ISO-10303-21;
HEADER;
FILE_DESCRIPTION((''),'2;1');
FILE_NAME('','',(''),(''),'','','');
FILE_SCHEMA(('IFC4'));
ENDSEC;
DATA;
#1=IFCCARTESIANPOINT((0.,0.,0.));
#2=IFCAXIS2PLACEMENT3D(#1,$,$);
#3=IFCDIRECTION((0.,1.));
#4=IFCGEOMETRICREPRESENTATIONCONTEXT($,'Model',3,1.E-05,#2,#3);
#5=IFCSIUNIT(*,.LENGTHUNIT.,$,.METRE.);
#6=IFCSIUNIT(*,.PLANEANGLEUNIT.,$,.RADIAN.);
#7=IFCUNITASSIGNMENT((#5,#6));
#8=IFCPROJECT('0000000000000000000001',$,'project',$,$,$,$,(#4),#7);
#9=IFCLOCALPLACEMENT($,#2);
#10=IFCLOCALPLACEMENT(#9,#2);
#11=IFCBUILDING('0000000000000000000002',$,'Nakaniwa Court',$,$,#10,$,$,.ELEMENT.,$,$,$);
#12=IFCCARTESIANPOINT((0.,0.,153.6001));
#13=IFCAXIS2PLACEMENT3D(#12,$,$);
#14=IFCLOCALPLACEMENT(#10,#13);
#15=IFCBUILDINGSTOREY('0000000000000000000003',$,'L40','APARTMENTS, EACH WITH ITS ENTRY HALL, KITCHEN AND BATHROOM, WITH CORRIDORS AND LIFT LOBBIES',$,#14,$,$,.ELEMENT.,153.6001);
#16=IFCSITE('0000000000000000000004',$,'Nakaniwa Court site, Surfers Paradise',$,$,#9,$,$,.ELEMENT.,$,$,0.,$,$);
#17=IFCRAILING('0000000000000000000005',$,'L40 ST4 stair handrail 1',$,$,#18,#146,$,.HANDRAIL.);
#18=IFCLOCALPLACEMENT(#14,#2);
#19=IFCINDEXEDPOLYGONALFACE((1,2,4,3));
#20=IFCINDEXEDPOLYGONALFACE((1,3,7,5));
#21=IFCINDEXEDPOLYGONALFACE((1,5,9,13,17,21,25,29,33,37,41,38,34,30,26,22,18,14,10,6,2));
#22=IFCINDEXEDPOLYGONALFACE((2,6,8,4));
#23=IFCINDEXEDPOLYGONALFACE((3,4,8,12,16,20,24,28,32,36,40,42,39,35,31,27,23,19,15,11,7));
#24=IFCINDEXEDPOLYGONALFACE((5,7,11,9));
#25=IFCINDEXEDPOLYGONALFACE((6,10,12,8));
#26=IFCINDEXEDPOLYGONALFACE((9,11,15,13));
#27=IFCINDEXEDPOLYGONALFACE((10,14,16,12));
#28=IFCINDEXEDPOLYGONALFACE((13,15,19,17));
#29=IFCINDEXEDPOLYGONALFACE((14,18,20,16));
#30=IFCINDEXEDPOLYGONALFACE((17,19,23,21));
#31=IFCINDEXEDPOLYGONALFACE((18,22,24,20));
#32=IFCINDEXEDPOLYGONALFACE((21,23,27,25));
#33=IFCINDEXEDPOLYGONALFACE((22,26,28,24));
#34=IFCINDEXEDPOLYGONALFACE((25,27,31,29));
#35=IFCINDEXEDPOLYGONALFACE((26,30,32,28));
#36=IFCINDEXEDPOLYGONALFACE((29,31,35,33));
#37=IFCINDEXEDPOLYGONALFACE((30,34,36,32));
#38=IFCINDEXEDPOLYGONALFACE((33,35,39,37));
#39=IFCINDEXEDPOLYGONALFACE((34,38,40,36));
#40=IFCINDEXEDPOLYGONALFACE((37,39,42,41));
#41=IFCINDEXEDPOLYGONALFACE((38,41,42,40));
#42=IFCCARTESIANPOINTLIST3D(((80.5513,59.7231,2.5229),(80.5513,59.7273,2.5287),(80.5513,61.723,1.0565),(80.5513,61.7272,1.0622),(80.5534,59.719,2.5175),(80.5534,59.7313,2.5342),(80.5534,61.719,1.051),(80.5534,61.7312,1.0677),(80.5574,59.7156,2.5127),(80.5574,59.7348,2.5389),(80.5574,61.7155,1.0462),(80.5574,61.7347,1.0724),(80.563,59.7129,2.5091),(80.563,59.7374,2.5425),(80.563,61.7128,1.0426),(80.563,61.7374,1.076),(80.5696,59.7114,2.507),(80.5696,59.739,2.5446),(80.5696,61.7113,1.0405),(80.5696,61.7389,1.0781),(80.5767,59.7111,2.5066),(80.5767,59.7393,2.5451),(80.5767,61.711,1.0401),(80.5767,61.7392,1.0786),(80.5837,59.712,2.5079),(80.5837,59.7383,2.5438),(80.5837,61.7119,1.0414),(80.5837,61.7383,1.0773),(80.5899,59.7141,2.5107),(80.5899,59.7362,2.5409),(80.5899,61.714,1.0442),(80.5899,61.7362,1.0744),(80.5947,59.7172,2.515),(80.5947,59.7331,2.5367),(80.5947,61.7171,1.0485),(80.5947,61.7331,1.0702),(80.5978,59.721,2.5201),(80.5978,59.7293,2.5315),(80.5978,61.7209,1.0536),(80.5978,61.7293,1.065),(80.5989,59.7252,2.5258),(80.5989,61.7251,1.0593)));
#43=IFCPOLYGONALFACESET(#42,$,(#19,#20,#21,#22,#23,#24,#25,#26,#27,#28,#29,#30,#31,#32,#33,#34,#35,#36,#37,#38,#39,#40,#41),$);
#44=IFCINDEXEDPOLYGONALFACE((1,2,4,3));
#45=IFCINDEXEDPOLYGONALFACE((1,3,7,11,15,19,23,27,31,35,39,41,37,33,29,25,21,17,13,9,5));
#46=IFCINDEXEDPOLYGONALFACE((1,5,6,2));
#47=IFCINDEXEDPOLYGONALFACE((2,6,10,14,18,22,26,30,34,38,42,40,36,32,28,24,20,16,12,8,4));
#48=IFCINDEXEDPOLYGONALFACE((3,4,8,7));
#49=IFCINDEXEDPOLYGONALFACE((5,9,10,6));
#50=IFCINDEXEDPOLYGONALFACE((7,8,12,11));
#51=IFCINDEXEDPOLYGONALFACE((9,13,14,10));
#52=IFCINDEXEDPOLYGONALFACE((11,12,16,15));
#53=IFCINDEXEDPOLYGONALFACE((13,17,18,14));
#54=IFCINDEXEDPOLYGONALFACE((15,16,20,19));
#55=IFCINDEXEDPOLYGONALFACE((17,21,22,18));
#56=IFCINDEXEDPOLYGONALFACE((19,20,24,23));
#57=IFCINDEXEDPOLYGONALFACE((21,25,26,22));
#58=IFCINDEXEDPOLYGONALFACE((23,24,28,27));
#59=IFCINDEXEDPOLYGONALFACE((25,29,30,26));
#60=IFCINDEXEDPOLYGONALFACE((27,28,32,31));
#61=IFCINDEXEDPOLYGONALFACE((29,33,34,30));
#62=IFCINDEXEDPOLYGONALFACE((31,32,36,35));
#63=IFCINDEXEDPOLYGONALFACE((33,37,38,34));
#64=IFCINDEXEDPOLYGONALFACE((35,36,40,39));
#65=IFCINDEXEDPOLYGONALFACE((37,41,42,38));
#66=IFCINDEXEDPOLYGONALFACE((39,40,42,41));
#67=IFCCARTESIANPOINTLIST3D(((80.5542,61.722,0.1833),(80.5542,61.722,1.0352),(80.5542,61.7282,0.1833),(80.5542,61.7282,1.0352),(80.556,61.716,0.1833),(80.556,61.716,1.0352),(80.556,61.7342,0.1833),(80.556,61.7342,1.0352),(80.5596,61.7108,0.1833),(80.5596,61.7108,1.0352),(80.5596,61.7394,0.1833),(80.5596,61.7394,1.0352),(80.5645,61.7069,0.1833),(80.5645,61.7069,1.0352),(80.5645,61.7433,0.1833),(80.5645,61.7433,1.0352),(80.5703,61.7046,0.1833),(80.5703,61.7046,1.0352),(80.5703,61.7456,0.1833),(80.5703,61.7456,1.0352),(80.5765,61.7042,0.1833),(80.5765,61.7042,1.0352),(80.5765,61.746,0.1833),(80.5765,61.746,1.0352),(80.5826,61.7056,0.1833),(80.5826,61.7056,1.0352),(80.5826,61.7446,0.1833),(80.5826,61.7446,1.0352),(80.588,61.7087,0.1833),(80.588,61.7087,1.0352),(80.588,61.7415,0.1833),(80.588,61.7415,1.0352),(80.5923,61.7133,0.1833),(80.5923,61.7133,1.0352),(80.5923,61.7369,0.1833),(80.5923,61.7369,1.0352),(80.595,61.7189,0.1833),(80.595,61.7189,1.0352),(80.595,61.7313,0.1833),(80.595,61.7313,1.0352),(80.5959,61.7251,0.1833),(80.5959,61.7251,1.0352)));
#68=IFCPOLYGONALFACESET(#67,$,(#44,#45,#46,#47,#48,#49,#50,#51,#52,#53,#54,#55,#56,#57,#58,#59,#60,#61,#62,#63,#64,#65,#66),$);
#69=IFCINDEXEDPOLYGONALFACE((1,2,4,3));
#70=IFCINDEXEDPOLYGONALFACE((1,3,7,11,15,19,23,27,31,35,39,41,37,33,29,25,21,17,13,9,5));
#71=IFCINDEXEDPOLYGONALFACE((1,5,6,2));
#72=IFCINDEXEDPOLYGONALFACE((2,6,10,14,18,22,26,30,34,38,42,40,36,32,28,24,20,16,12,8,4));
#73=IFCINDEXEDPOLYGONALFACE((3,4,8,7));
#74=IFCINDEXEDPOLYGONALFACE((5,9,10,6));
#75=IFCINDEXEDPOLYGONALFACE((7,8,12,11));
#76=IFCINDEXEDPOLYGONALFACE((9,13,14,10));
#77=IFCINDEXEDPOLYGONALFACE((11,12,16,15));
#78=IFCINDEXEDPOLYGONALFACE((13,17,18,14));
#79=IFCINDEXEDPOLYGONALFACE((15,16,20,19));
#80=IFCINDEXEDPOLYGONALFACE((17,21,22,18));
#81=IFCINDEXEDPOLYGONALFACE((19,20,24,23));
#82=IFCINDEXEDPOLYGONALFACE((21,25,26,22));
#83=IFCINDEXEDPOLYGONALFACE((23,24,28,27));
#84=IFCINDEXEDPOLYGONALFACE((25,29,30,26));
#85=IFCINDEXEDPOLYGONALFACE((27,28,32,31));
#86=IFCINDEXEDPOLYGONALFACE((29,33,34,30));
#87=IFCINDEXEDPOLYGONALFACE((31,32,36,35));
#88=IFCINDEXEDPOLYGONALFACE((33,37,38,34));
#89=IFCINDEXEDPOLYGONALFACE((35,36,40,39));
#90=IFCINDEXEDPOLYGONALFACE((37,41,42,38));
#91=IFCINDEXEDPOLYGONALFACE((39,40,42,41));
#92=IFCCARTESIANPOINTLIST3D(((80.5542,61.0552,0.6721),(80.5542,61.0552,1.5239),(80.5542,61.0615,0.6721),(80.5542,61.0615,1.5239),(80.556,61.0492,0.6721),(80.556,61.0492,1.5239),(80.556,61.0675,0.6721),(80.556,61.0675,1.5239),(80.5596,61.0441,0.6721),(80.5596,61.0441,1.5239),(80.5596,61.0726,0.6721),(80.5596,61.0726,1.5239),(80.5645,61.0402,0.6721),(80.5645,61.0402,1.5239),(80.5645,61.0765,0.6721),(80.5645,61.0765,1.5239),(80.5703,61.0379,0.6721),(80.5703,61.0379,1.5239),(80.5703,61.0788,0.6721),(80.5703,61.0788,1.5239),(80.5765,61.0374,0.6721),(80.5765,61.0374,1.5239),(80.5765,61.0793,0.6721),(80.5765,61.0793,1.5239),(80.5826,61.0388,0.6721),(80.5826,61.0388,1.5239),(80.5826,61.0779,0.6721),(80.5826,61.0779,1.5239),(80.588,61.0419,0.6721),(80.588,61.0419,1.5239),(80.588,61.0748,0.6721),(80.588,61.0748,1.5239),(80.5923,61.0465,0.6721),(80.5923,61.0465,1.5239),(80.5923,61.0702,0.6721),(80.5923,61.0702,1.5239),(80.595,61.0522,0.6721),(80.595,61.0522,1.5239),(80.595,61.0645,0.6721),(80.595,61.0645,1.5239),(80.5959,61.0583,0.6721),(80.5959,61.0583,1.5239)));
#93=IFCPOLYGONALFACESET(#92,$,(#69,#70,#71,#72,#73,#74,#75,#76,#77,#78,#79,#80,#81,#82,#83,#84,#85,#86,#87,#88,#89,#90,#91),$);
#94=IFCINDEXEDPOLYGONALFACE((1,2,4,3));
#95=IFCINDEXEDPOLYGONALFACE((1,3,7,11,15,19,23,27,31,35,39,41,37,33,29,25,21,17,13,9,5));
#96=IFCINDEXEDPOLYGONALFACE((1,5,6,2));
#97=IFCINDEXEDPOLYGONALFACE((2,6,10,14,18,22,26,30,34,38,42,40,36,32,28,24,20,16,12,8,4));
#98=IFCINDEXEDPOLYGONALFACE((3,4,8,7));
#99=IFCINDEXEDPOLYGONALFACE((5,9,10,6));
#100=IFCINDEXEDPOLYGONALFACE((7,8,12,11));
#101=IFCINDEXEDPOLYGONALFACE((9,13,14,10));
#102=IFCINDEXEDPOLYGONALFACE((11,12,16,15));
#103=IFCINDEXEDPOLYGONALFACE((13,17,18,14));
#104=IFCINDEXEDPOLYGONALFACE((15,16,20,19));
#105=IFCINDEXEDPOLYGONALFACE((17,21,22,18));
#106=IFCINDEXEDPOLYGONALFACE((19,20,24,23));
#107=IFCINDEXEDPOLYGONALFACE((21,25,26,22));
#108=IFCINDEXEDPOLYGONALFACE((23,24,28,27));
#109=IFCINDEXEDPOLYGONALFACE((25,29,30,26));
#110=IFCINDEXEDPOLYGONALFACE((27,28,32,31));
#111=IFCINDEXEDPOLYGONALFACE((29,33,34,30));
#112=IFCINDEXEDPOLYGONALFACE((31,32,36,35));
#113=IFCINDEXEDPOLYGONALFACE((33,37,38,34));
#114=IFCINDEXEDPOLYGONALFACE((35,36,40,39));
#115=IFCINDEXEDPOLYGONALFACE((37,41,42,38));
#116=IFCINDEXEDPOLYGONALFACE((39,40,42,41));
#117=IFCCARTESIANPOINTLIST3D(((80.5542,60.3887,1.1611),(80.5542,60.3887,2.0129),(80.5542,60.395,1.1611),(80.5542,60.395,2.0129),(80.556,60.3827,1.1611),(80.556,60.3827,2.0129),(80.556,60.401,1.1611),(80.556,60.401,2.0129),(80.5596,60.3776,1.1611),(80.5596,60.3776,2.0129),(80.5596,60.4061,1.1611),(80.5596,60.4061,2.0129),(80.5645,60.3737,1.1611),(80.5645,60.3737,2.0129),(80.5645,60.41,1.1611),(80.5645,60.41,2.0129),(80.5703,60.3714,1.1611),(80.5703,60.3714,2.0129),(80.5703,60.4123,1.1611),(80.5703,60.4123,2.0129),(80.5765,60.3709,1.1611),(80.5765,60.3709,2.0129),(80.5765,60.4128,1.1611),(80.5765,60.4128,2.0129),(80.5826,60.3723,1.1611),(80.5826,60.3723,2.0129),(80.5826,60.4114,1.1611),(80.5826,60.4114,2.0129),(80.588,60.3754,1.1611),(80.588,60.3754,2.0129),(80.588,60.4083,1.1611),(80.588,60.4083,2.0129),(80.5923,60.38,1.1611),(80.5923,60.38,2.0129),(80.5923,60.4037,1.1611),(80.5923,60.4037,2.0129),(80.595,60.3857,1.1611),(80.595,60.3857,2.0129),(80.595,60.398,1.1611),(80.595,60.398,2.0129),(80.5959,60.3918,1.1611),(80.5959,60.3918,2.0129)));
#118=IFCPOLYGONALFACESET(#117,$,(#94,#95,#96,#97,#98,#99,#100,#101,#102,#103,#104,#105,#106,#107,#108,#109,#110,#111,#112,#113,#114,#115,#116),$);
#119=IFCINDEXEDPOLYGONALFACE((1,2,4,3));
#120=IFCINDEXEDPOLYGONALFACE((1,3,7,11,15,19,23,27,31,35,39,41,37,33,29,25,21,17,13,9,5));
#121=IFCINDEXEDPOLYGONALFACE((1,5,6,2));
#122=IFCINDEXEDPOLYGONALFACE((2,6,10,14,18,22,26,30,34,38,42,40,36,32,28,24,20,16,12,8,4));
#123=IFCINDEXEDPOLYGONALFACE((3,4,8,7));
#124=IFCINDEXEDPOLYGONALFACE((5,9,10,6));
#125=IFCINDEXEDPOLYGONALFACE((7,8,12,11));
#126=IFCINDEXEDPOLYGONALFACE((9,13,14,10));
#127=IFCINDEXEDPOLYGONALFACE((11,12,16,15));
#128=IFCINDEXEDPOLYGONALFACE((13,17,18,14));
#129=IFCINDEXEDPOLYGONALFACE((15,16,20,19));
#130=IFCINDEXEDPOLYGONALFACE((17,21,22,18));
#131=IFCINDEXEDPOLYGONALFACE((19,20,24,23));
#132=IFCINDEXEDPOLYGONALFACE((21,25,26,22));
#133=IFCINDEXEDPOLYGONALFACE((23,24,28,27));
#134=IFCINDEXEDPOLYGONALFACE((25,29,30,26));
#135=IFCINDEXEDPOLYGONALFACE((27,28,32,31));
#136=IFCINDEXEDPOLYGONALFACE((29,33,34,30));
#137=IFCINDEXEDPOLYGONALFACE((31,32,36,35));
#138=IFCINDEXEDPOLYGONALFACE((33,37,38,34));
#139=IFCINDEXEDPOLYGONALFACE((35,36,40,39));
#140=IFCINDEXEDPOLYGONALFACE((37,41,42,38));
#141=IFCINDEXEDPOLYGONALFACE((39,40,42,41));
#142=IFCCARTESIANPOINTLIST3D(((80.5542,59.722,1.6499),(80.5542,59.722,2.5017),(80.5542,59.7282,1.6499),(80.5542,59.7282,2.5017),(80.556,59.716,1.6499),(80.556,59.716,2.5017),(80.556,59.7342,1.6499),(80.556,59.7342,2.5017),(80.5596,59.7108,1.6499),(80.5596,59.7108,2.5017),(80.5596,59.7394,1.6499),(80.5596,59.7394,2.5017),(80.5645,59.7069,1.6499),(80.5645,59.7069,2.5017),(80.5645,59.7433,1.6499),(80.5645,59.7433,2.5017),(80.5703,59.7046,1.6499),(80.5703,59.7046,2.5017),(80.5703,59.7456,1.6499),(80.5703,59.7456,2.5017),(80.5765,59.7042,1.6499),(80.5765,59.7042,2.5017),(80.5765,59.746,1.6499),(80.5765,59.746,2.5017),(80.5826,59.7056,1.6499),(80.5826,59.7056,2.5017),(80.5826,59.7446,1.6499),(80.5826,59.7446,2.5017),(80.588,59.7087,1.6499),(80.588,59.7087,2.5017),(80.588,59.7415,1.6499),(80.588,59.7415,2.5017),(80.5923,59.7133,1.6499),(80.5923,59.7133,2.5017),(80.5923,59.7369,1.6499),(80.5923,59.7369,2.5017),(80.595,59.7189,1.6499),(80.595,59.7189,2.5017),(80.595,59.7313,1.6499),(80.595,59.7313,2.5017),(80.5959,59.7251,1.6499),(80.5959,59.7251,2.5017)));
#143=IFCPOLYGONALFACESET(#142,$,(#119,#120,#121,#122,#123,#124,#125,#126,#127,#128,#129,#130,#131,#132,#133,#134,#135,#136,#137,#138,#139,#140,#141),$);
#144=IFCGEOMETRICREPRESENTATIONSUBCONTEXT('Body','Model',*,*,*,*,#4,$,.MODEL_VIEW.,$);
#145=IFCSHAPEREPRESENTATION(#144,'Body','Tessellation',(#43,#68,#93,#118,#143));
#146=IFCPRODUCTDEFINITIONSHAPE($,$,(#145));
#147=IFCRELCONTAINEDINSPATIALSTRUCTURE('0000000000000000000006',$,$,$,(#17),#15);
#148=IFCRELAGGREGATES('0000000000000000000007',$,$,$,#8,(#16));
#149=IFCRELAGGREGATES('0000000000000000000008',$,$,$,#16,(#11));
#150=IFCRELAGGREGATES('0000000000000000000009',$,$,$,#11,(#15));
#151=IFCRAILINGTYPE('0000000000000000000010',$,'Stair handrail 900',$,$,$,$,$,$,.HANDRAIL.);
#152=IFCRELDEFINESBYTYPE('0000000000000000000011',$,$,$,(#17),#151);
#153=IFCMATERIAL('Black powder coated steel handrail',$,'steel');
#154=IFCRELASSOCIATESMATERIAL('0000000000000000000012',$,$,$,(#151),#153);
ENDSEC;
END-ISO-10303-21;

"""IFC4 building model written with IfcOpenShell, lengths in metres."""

from ifc_helpers import new_model, si_unit, direction, frame, origin, origin_2d, place, context, subcontext, project, spatial, circle, extrude, material, type_object, element, save


model = new_model("IFC4")

# Units and contexts
model_context = context("Model", 3, precision=1e-05, world=origin(), true_north=direction((0.0, 1.0)))
body_context = subcontext(model_context, "Body", "Model", "MODEL_VIEW")
ifc_project = project(units=[si_unit("LENGTHUNIT", "METRE"), si_unit("PLANEANGLEUNIT", "RADIAN")], contexts=[model_context])

# Site, building, storey
site_placement = place(None, origin())
site = spatial("IfcSite", under=ifc_project, at=site_placement, Name="Nakaniwa Court site, Surfers Paradise", CompositionType="ELEMENT", RefElevation=0.0)
building_placement = place(site_placement, origin())
building = spatial("IfcBuilding", under=site, at=building_placement, Name="Nakaniwa Court", CompositionType="ELEMENT")
storey_placement = place(building_placement, frame((0.0, 0.0, 153.6001)))
storey = spatial("IfcBuildingStorey", under=building, at=storey_placement, Name="L40", Description="APARTMENTS, EACH WITH ITS ENTRY HALL, KITCHEN AND BATHROOM, WITH CORRIDORS AND LIFT LOBBIES", CompositionType="ELEMENT", Elevation=153.6001)

# Railing
ifc_material_1 = material(Name="Black powder coated steel handrail", Category="steel")
railing_type_1 = type_object("IfcRailingType", Name="Stair handrail 900", PredefinedType="HANDRAIL", material=ifc_material_1)
railing_1_placement = place(storey_placement, frame((80.575, 61.7251, 0.1833)))
element("IfcRailing", 1, at=railing_1_placement, inside=storey, type_object=railing_type_1, Name="L40 ST4 stair handrail 1", PredefinedType="HANDRAIL", context=body_context, shape_type="SweptSolid", body=[
    extrude(circle(Radius=0.0239, at=origin_2d()), frame((0.0, 0.0, 0.876), z_axis=(0.0, -0.806427, 0.591334), x_axis=(1.0, 0.0, 0.0)), (0.0, 0.0, 1.0), 2.48),
    extrude(circle(Radius=0.021, at=origin_2d()), origin(), (0.0, 0.0, 1.0), 0.8518),
    extrude(circle(Radius=0.021, at=origin_2d()), frame((0.0, -0.6667, 0.4888)), (0.0, 0.0, 1.0), 0.8518),
    extrude(circle(Radius=0.021, at=origin_2d()), frame((0.0, -1.3333, 0.9778)), (0.0, 0.0, 1.0), 0.8518),
    extrude(circle(Radius=0.021, at=origin_2d()), frame((0.0, -2.0, 1.4666)), (0.0, 0.0, 1.0), 0.8518),
])

save(model, "model.ifc")
